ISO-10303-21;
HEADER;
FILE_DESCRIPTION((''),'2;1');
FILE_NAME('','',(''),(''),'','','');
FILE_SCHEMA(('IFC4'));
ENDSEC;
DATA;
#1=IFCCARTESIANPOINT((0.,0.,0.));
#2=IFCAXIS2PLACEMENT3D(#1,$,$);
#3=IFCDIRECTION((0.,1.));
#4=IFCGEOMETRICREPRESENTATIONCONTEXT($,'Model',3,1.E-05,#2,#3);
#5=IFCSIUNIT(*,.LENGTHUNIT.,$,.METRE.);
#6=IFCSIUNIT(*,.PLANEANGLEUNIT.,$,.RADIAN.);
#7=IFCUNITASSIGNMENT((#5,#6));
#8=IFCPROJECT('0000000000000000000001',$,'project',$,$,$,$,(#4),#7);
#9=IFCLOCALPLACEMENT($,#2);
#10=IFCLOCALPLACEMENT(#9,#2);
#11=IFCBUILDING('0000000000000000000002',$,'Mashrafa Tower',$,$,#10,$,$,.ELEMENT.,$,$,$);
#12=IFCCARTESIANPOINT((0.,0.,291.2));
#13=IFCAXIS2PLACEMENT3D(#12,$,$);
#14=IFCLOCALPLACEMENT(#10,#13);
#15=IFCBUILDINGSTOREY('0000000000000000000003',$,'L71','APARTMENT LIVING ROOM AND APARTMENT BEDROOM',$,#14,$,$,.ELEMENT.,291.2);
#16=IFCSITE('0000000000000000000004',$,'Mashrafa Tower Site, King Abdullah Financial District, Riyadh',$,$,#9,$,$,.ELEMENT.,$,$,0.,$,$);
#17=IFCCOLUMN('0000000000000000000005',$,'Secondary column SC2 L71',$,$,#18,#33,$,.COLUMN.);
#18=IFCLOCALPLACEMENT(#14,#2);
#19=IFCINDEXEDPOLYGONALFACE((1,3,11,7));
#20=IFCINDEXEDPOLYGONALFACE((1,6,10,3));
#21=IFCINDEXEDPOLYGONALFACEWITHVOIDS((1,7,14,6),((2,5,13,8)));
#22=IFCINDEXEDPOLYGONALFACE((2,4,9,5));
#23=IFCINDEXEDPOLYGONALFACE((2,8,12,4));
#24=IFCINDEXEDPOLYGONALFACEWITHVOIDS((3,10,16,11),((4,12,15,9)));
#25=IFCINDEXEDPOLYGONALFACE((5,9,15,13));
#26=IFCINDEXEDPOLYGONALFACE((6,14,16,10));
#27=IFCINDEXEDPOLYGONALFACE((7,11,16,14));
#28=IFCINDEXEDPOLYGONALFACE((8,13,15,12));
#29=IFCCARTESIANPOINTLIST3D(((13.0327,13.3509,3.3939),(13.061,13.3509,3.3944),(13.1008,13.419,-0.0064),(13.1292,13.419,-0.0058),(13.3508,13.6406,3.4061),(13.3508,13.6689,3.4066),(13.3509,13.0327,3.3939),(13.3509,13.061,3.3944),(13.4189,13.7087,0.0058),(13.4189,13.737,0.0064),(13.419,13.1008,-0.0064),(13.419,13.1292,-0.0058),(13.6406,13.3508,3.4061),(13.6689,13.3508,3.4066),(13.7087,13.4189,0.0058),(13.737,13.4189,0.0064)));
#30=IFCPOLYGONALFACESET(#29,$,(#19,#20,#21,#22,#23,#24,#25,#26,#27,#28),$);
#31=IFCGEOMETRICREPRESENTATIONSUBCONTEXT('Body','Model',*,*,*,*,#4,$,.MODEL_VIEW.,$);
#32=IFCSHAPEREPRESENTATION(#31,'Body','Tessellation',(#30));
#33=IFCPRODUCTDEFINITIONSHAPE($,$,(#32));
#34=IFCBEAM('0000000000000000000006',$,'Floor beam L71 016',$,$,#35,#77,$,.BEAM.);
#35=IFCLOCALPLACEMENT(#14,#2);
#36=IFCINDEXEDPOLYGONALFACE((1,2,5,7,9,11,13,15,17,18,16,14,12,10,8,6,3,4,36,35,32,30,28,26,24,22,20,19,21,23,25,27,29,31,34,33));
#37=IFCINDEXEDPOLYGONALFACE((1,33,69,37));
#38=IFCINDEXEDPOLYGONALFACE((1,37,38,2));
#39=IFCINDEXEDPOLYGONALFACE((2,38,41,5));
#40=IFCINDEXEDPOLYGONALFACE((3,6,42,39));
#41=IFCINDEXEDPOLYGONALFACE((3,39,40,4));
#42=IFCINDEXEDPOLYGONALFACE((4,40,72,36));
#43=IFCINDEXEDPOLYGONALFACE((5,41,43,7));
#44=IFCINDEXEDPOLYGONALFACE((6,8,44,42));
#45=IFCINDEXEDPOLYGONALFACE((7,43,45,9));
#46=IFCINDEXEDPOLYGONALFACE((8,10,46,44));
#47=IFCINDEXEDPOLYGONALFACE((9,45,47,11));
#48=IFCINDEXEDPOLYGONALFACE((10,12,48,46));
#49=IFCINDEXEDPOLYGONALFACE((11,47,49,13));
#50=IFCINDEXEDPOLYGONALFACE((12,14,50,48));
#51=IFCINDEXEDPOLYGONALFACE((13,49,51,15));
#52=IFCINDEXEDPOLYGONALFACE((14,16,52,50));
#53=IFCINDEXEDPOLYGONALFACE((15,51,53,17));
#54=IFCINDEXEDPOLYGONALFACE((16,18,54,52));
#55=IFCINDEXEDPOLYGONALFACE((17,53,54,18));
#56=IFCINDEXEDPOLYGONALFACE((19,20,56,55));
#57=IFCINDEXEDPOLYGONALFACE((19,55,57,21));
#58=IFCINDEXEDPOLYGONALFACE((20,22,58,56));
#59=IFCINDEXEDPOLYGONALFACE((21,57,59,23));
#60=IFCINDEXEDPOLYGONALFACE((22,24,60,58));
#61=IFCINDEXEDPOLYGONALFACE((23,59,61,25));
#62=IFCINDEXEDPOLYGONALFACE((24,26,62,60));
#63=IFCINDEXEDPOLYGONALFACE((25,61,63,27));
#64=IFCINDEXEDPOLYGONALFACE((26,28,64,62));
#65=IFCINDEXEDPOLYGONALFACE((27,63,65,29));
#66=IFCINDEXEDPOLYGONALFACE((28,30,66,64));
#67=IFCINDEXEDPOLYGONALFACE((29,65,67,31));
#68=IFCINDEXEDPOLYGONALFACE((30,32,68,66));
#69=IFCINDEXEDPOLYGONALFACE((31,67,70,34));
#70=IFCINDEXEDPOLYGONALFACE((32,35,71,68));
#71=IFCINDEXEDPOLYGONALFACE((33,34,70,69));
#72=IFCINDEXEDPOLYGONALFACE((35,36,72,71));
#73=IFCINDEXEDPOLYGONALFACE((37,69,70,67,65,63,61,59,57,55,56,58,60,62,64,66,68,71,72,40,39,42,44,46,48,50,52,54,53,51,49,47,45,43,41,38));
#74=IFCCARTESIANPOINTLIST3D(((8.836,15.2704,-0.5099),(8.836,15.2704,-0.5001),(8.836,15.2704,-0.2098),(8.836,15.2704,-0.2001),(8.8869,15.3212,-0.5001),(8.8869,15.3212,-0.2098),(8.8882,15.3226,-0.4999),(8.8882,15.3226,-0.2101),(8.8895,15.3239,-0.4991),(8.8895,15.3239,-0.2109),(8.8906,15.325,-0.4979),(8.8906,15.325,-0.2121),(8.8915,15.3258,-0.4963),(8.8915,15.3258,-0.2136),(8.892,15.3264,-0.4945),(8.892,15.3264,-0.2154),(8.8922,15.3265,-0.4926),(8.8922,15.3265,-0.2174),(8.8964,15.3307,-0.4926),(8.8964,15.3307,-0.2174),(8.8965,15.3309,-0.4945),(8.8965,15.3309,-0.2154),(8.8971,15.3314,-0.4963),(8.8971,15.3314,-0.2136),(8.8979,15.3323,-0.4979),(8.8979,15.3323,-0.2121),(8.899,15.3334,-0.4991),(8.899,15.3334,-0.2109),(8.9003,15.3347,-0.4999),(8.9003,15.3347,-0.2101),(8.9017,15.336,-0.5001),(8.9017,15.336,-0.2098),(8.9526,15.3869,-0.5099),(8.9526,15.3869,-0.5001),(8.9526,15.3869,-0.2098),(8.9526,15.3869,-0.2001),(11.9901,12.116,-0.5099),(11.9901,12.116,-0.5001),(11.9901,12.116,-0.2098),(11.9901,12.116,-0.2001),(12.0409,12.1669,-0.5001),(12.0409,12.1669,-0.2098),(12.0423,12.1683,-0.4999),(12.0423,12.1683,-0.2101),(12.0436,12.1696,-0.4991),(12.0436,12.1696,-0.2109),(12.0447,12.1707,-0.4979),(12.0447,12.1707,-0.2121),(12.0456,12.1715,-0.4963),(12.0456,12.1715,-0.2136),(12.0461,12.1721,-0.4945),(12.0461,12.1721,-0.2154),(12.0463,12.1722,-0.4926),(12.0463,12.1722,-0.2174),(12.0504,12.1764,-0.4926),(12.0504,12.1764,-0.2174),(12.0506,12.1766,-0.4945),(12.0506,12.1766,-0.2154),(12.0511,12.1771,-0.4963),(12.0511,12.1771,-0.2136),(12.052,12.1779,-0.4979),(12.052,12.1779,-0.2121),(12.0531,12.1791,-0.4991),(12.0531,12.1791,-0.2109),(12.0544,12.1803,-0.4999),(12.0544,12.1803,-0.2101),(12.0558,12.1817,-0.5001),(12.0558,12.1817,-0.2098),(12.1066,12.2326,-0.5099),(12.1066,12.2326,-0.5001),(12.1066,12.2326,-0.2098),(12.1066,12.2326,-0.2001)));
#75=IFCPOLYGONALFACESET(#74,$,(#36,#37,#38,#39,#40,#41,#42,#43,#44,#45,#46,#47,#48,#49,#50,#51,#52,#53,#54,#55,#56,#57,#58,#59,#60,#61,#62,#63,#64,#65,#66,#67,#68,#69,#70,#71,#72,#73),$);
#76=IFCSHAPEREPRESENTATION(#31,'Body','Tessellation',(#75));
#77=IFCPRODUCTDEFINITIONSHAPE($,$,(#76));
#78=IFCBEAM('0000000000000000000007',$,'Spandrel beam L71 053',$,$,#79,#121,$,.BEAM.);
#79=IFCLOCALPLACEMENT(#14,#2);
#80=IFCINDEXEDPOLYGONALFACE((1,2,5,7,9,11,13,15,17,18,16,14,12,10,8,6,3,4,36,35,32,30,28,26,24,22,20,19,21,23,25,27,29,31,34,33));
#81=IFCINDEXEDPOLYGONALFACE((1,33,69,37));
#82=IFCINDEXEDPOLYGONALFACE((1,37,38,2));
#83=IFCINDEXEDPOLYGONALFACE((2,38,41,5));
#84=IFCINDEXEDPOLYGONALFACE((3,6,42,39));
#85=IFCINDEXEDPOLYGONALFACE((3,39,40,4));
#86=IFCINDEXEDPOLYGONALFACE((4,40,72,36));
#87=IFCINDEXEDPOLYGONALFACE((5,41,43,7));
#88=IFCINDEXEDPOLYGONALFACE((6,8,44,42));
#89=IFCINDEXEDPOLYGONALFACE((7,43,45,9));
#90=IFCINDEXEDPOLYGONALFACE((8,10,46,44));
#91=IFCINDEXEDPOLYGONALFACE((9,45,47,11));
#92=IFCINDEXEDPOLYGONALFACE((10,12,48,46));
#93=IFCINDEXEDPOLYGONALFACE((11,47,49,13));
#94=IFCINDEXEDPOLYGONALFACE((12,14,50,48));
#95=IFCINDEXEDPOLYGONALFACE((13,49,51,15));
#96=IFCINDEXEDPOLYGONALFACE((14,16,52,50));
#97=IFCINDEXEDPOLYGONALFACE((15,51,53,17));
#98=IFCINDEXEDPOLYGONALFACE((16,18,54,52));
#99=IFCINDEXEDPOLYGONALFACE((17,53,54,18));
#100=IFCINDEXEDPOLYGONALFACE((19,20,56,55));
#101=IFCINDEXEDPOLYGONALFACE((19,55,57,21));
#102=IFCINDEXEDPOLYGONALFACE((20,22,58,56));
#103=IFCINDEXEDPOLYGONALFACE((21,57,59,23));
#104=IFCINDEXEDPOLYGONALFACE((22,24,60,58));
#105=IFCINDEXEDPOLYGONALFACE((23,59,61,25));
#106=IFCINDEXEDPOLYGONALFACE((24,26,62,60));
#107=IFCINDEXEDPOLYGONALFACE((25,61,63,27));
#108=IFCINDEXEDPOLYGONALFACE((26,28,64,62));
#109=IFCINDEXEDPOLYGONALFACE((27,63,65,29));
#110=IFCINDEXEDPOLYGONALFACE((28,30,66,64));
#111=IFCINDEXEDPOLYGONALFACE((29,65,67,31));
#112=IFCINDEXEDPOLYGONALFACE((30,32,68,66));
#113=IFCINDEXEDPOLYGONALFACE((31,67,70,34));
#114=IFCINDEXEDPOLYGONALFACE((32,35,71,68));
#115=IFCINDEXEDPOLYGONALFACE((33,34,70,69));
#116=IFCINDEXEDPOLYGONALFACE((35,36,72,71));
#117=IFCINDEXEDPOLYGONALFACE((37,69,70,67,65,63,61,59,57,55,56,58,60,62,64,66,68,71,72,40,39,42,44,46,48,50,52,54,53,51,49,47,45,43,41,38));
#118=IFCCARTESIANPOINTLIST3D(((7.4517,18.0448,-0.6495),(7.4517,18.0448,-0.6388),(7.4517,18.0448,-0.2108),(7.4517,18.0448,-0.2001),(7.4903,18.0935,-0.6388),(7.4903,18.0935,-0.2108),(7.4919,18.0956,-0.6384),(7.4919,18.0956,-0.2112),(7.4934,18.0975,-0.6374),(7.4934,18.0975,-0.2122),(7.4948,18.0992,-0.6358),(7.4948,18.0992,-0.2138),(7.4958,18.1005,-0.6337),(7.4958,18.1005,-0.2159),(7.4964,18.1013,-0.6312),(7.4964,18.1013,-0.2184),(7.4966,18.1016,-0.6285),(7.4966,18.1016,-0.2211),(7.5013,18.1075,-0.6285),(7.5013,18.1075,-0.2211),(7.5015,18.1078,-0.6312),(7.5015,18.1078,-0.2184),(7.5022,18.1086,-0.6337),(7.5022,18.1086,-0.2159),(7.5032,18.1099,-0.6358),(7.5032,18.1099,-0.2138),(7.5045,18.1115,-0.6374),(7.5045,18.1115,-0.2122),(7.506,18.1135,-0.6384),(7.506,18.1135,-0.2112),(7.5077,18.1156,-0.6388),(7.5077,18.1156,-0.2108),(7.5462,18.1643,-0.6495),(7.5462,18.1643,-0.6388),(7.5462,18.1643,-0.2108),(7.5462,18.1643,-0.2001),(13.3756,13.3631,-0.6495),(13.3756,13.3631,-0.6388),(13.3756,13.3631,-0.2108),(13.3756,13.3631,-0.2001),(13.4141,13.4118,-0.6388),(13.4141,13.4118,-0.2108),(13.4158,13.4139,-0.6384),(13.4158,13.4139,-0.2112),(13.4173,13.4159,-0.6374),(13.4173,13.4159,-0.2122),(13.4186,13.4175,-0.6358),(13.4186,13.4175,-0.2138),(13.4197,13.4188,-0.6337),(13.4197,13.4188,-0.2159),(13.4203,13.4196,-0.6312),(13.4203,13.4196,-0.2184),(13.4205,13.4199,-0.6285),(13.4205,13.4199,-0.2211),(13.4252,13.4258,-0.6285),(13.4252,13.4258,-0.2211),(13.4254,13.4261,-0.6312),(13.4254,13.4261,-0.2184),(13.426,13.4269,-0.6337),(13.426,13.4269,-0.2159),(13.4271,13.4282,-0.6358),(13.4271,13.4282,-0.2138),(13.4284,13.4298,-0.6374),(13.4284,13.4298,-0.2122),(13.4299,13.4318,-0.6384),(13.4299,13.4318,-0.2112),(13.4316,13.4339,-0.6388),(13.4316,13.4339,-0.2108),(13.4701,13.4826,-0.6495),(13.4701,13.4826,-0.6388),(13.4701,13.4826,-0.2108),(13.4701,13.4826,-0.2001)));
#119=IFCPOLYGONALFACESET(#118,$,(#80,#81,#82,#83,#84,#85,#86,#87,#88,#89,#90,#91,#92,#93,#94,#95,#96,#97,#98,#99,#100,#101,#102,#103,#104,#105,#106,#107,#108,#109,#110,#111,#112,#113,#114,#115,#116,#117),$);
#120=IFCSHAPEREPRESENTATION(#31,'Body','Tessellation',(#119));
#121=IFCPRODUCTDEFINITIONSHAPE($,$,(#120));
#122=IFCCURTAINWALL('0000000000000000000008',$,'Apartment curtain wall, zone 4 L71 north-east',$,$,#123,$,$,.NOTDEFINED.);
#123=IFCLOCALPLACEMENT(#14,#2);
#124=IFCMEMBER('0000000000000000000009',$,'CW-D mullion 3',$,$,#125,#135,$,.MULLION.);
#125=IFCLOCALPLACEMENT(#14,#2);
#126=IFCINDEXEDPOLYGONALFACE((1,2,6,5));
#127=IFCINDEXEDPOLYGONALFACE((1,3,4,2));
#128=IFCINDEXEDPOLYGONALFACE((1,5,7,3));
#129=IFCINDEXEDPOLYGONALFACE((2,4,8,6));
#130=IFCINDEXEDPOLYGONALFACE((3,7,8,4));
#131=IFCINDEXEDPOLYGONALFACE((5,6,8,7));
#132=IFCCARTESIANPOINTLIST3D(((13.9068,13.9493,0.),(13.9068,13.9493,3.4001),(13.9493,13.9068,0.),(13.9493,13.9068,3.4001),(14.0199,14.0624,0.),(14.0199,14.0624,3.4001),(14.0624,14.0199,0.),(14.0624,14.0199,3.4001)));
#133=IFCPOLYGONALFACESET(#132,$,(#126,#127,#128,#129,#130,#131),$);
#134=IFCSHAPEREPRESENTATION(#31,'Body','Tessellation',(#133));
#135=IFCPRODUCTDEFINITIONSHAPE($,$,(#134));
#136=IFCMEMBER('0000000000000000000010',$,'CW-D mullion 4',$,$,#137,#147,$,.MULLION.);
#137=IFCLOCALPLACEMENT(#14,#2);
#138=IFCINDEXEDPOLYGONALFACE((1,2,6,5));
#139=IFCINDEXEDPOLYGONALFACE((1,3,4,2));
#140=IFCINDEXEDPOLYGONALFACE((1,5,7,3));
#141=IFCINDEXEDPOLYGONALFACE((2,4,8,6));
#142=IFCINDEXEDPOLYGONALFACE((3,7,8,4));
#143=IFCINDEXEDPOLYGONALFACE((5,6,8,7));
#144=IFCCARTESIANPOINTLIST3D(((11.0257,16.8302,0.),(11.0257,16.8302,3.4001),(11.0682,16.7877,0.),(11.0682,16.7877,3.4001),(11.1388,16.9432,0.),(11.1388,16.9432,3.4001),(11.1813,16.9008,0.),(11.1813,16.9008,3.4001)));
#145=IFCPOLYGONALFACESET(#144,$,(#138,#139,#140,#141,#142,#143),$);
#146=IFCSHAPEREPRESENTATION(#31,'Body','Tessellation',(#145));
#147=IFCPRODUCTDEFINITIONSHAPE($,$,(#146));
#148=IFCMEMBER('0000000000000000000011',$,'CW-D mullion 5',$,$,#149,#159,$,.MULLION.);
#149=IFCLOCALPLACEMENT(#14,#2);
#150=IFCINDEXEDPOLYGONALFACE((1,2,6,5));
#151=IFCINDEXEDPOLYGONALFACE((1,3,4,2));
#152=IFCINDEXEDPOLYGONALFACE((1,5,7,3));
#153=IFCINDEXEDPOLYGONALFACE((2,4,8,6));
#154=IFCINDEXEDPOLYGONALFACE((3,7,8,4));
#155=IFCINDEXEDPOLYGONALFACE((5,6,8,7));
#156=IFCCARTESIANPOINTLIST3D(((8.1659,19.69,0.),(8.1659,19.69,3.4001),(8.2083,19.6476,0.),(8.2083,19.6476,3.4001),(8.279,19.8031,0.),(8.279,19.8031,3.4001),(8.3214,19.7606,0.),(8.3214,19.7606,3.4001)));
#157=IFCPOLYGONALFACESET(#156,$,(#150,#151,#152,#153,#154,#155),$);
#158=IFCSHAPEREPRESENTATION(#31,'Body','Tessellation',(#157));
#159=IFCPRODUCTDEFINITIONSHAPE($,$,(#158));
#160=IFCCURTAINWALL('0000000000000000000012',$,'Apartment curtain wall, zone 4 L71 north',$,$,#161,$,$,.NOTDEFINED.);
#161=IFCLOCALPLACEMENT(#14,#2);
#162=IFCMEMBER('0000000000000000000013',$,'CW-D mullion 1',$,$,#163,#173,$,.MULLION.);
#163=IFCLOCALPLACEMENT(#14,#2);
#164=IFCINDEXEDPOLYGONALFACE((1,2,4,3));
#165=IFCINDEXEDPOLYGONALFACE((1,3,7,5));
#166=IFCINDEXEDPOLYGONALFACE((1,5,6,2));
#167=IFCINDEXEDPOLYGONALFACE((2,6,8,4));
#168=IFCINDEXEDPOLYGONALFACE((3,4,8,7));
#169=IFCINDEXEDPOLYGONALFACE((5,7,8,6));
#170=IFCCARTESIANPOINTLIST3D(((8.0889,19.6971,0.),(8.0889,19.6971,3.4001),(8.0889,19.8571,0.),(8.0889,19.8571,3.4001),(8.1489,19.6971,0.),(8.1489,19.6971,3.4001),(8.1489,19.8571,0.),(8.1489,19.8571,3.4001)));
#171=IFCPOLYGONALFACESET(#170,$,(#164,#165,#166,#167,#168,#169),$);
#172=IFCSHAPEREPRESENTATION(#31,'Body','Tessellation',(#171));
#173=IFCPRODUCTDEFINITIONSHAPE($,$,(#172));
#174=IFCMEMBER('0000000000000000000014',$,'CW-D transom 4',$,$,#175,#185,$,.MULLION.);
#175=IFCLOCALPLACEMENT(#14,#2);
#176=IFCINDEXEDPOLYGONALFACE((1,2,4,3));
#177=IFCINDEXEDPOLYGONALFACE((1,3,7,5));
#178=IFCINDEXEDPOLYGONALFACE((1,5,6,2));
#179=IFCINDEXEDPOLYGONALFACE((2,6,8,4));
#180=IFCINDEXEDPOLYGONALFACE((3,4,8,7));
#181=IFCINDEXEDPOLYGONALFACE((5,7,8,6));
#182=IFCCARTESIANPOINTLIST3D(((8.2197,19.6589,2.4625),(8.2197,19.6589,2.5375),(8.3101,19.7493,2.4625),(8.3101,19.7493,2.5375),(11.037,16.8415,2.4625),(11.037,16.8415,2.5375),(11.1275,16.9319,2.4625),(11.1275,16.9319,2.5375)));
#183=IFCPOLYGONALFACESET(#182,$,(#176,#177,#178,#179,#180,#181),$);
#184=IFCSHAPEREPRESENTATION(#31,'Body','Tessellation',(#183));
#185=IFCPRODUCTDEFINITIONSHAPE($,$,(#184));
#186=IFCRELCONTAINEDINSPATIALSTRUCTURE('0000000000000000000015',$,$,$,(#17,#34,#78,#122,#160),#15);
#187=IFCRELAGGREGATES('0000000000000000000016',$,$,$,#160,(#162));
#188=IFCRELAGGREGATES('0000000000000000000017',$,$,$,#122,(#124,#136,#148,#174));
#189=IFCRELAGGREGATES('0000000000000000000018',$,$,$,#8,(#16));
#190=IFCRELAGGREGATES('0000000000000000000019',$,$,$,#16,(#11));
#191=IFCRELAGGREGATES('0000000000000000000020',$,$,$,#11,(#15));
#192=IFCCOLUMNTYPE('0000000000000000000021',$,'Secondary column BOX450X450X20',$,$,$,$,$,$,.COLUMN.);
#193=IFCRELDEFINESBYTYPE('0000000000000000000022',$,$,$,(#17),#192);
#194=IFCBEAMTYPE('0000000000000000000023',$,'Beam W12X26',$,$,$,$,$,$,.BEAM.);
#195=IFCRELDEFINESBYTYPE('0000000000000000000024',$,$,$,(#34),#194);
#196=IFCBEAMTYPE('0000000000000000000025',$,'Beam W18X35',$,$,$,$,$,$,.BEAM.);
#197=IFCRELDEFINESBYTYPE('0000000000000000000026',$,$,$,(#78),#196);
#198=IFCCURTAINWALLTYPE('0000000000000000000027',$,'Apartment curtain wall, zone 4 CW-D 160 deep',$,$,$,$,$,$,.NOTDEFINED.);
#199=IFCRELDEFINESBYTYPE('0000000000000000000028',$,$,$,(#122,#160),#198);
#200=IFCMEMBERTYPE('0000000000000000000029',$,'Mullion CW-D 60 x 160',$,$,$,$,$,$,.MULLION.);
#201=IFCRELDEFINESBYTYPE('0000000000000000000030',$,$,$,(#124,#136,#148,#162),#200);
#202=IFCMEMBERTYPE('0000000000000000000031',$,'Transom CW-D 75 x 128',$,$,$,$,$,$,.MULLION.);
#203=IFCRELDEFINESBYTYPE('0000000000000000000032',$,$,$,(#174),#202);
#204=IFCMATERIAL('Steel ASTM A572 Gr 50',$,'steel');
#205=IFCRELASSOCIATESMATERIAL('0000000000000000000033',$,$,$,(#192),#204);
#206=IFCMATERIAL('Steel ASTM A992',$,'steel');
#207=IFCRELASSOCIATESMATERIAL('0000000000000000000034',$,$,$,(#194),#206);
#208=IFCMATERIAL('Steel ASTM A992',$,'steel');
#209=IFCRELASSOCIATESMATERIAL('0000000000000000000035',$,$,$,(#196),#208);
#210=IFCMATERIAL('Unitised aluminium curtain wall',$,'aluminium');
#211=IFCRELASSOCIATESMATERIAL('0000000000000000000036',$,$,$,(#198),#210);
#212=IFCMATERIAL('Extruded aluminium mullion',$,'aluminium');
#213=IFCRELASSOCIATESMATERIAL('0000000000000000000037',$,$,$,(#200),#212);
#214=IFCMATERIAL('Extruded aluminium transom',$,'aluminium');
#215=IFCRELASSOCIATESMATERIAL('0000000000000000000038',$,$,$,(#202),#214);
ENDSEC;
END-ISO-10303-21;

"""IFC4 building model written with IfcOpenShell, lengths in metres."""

from ifc_helpers import new_model, si_unit, direction, frame, origin, origin_2d, place, context, subcontext, project, spatial, rectangle, hollow_rectangle, i_section, extrude, source, transform, mapped, material, material_profile, profile_set, type_object, type_shapes, element, aggregate, save


model = new_model("IFC4")

# Units and contexts
model_context = context("Model", 3, precision=1e-05, world=origin(), true_north=direction((0.0, 1.0)))
body_context = subcontext(model_context, "Body", "Model", "MODEL_VIEW")
ifc_project = project(units=[si_unit("LENGTHUNIT", "METRE"), si_unit("PLANEANGLEUNIT", "RADIAN")], contexts=[model_context])

# Site, building, storey
site_placement = place(None, origin())
site = spatial("IfcSite", under=ifc_project, at=site_placement, Name="Mashrafa Tower Site, King Abdullah Financial District, Riyadh", CompositionType="ELEMENT", RefElevation=0.0)
building_placement = place(site_placement, origin())
building = spatial("IfcBuilding", under=site, at=building_placement, Name="Mashrafa Tower", CompositionType="ELEMENT")
storey_placement = place(building_placement, frame((0.0, 0.0, 291.2)))
storey = spatial("IfcBuildingStorey", under=building, at=storey_placement, Name="L71", Description="APARTMENT LIVING ROOM AND APARTMENT BEDROOM", CompositionType="ELEMENT", Elevation=291.2)

# Column
ifc_material_1 = material(Name="Steel ASTM A572 Gr 50", Category="steel")
ifc_material_profile_1 = material_profile(ifc_material_1, hollow_rectangle(XDim=0.45, YDim=0.45, WallThickness=0.02, at=origin_2d()), Name="BOX450X450X20")
ifc_profile_set_1 = profile_set([ifc_material_profile_1], Name="Steel ASTM A572 Gr 50")
column_type = type_object("IfcColumnType", Name="Secondary column BOX450X450X20", PredefinedType="COLUMN", material=ifc_profile_set_1)
column_placement = place(storey_placement, frame((13.4189, 13.4189, 0.0), z_axis=(-0.020025, -0.020025, 0.999599), x_axis=(0.707107, -0.707107, 0.0)))
element("IfcColumn", 1, at=column_placement, inside=storey, type_object=column_type, Name="Secondary column SC2 L71", PredefinedType="COLUMN", context=body_context, shape_type="SweptSolid", body=[
    extrude(hollow_rectangle(XDim=0.45, YDim=0.45, WallThickness=0.02, at=origin_2d()), origin(), (0.0, 0.0, 1.0), 3.4016),
])

# Beams
ifc_material_2 = material(Name="Steel ASTM A992", Category="steel")
ifc_material_profile_2 = material_profile(ifc_material_2, i_section(OverallWidth=0.1648, OverallDepth=0.3098, WebThickness=0.0059, FlangeThickness=0.0098, FilletRadius=0.0076, at=origin_2d()), Name="W12X26")
ifc_profile_set_2 = profile_set([ifc_material_profile_2], Name="Steel ASTM A992")
beam_type_1 = type_object("IfcBeamType", Name="Beam W12X26", PredefinedType="BEAM", material=ifc_profile_set_2)
beam_1_placement = place(storey_placement, frame((8.8943, 15.3286, -0.355), z_axis=(0.707079, -0.707134, 0.0), x_axis=(0.707134, 0.707079, 0.0)))
element("IfcBeam", 2, at=beam_1_placement, inside=storey, type_object=beam_type_1, Name="Floor beam L71 016", PredefinedType="BEAM", context=body_context, shape_type="SweptSolid", body=[
    extrude(i_section(OverallWidth=0.1648, OverallDepth=0.3098, WebThickness=0.0059, FlangeThickness=0.0098, FilletRadius=0.0076, at=origin_2d()), origin(), (0.0, 0.0, 1.0), 4.4607),
])
ifc_material_3 = material(Name="Steel ASTM A992", Category="steel")
ifc_material_profile_3 = material_profile(ifc_material_3, i_section(OverallWidth=0.1523, OverallDepth=0.4495, WebThickness=0.0076, FlangeThickness=0.0107, FilletRadius=0.0103, at=origin_2d()), Name="W18X35")
ifc_profile_set_3 = profile_set([ifc_material_profile_3], Name="Steel ASTM A992")
beam_type_2 = type_object("IfcBeamType", Name="Beam W18X35", PredefinedType="BEAM", material=ifc_profile_set_3)
beam_2_placement = place(storey_placement, frame((13.4229, 13.4229, -0.4248), z_axis=(-0.784565, 0.620047, 0.0), x_axis=(-0.620047, -0.784565, 0.0)))
element("IfcBeam", 3, at=beam_2_placement, inside=storey, type_object=beam_type_2, Name="Spandrel beam L71 053", PredefinedType="BEAM", context=body_context, shape_type="SweptSolid", body=[
    extrude(i_section(OverallWidth=0.1523, OverallDepth=0.4495, WebThickness=0.0076, FlangeThickness=0.0107, FilletRadius=0.0103, at=origin_2d()), origin(), (0.0, 0.0, 1.0), 7.5505),
])

# Curtain wall, members
ifc_material_4 = material(Name="Unitised aluminium curtain wall", Category="aluminium")
curtain_wall_type = type_object("IfcCurtainWallType", Name="Apartment curtain wall, zone 4 CW-D 160 deep", PredefinedType="NOTDEFINED", material=ifc_material_4)
curtain_wall_1_placement = place(storey_placement, origin())
curtain_wall_1 = element("IfcCurtainWall", 4, at=curtain_wall_1_placement, inside=storey, type_object=curtain_wall_type, Name="Apartment curtain wall, zone 4 L71 north-east", PredefinedType="NOTDEFINED")
ifc_material_5 = material(Name="Extruded aluminium mullion", Category="aluminium")
ifc_material_profile_4 = material_profile(ifc_material_5, rectangle(XDim=0.1599, YDim=0.0601, at=origin_2d()), Name="Mullion 60x160")
ifc_profile_set_4 = profile_set([ifc_material_profile_4], Name="Extruded aluminium mullion")
member_type_1 = type_object("IfcMemberType", Name="Mullion CW-D 60 x 160", PredefinedType="MULLION", material=ifc_profile_set_4)
shared_shape_1 = source(origin(), body_context, "Body", "SweptSolid", [
    extrude(rectangle(XDim=0.1599, YDim=0.0601, at=origin_2d()), origin(), (0.0, 0.0, 1.0), 3.4001),
])
type_shapes(member_type_1, [shared_shape_1])
member_1_placement = place(storey_placement, frame((13.9846, 13.9846, 0.0), z_axis=(0.0, 0.0, 1.0), x_axis=(-0.707107, -0.707107, 0.0)))
member_1 = element("IfcMember", 5, at=member_1_placement, type_object=member_type_1, Name="CW-D mullion 3", PredefinedType="MULLION", context=body_context, shape_type="MappedRepresentation", body=[
    mapped(shared_shape_1, transform((0.0, 0.0, 0.0))),
])
member_2_placement = place(storey_placement, frame((11.1035, 16.8655, 0.0), z_axis=(0.0, 0.0, 1.0), x_axis=(-0.707107, -0.707107, 0.0)))
member_2 = element("IfcMember", 6, at=member_2_placement, type_object=member_type_1, Name="CW-D mullion 4", PredefinedType="MULLION", context=body_context, shape_type="MappedRepresentation", body=[
    mapped(shared_shape_1, transform((0.0, 0.0, 0.0))),
])
member_3_placement = place(storey_placement, frame((8.2437, 19.7253, 0.0), z_axis=(0.0, 0.0, 1.0), x_axis=(-0.707107, -0.707107, 0.0)))
member_3 = element("IfcMember", 7, at=member_3_placement, type_object=member_type_1, Name="CW-D mullion 5", PredefinedType="MULLION", context=body_context, shape_type="MappedRepresentation", body=[
    mapped(shared_shape_1, transform((0.0, 0.0, 0.0))),
])

# Curtain wall, member
curtain_wall_2_placement = place(storey_placement, origin())
curtain_wall_2 = element("IfcCurtainWall", 8, at=curtain_wall_2_placement, inside=storey, type_object=curtain_wall_type, Name="Apartment curtain wall, zone 4 L71 north", PredefinedType="NOTDEFINED")
member_4_placement = place(storey_placement, frame((8.1189, 19.7771, 0.0), z_axis=(0.0, 0.0, 1.0), x_axis=(0.0, -1.0, 0.0)))
member_4 = element("IfcMember", 9, at=member_4_placement, type_object=member_type_1, Name="CW-D mullion 1", PredefinedType="MULLION", context=body_context, shape_type="MappedRepresentation", body=[
    mapped(shared_shape_1, transform((0.0, 0.0, 0.0))),
])
aggregate(curtain_wall_2, [member_4])

# Member
ifc_material_6 = material(Name="Extruded aluminium transom", Category="aluminium")
ifc_material_profile_5 = material_profile(ifc_material_6, rectangle(XDim=0.1279, YDim=0.075, at=origin_2d()), Name="Transom 75x128")
ifc_profile_set_5 = profile_set([ifc_material_profile_5], Name="Extruded aluminium transom")
member_type_2 = type_object("IfcMemberType", Name="Transom CW-D 75 x 128", PredefinedType="MULLION", material=ifc_profile_set_5)
shared_shape_2 = source(origin(), body_context, "Body", "SweptSolid", [
    extrude(rectangle(XDim=0.1279, YDim=0.075, at=origin_2d()), origin(), (0.0, 0.0, 1.0), 3.9844),
])
member_5_placement = place(storey_placement, frame((11.0823, 16.8867, 2.5), z_axis=(-0.707107, 0.707107, 0.0), x_axis=(-0.707107, -0.707107, 0.0)))
member_5 = element("IfcMember", 10, at=member_5_placement, type_object=member_type_2, Name="CW-D transom 4", PredefinedType="MULLION", context=body_context, shape_type="MappedRepresentation", body=[
    mapped(shared_shape_2, transform((0.0, 0.0, 0.0))),
])

aggregate(curtain_wall_1, [member_1, member_2, member_3, member_5])

save(model, "model.ifc")
